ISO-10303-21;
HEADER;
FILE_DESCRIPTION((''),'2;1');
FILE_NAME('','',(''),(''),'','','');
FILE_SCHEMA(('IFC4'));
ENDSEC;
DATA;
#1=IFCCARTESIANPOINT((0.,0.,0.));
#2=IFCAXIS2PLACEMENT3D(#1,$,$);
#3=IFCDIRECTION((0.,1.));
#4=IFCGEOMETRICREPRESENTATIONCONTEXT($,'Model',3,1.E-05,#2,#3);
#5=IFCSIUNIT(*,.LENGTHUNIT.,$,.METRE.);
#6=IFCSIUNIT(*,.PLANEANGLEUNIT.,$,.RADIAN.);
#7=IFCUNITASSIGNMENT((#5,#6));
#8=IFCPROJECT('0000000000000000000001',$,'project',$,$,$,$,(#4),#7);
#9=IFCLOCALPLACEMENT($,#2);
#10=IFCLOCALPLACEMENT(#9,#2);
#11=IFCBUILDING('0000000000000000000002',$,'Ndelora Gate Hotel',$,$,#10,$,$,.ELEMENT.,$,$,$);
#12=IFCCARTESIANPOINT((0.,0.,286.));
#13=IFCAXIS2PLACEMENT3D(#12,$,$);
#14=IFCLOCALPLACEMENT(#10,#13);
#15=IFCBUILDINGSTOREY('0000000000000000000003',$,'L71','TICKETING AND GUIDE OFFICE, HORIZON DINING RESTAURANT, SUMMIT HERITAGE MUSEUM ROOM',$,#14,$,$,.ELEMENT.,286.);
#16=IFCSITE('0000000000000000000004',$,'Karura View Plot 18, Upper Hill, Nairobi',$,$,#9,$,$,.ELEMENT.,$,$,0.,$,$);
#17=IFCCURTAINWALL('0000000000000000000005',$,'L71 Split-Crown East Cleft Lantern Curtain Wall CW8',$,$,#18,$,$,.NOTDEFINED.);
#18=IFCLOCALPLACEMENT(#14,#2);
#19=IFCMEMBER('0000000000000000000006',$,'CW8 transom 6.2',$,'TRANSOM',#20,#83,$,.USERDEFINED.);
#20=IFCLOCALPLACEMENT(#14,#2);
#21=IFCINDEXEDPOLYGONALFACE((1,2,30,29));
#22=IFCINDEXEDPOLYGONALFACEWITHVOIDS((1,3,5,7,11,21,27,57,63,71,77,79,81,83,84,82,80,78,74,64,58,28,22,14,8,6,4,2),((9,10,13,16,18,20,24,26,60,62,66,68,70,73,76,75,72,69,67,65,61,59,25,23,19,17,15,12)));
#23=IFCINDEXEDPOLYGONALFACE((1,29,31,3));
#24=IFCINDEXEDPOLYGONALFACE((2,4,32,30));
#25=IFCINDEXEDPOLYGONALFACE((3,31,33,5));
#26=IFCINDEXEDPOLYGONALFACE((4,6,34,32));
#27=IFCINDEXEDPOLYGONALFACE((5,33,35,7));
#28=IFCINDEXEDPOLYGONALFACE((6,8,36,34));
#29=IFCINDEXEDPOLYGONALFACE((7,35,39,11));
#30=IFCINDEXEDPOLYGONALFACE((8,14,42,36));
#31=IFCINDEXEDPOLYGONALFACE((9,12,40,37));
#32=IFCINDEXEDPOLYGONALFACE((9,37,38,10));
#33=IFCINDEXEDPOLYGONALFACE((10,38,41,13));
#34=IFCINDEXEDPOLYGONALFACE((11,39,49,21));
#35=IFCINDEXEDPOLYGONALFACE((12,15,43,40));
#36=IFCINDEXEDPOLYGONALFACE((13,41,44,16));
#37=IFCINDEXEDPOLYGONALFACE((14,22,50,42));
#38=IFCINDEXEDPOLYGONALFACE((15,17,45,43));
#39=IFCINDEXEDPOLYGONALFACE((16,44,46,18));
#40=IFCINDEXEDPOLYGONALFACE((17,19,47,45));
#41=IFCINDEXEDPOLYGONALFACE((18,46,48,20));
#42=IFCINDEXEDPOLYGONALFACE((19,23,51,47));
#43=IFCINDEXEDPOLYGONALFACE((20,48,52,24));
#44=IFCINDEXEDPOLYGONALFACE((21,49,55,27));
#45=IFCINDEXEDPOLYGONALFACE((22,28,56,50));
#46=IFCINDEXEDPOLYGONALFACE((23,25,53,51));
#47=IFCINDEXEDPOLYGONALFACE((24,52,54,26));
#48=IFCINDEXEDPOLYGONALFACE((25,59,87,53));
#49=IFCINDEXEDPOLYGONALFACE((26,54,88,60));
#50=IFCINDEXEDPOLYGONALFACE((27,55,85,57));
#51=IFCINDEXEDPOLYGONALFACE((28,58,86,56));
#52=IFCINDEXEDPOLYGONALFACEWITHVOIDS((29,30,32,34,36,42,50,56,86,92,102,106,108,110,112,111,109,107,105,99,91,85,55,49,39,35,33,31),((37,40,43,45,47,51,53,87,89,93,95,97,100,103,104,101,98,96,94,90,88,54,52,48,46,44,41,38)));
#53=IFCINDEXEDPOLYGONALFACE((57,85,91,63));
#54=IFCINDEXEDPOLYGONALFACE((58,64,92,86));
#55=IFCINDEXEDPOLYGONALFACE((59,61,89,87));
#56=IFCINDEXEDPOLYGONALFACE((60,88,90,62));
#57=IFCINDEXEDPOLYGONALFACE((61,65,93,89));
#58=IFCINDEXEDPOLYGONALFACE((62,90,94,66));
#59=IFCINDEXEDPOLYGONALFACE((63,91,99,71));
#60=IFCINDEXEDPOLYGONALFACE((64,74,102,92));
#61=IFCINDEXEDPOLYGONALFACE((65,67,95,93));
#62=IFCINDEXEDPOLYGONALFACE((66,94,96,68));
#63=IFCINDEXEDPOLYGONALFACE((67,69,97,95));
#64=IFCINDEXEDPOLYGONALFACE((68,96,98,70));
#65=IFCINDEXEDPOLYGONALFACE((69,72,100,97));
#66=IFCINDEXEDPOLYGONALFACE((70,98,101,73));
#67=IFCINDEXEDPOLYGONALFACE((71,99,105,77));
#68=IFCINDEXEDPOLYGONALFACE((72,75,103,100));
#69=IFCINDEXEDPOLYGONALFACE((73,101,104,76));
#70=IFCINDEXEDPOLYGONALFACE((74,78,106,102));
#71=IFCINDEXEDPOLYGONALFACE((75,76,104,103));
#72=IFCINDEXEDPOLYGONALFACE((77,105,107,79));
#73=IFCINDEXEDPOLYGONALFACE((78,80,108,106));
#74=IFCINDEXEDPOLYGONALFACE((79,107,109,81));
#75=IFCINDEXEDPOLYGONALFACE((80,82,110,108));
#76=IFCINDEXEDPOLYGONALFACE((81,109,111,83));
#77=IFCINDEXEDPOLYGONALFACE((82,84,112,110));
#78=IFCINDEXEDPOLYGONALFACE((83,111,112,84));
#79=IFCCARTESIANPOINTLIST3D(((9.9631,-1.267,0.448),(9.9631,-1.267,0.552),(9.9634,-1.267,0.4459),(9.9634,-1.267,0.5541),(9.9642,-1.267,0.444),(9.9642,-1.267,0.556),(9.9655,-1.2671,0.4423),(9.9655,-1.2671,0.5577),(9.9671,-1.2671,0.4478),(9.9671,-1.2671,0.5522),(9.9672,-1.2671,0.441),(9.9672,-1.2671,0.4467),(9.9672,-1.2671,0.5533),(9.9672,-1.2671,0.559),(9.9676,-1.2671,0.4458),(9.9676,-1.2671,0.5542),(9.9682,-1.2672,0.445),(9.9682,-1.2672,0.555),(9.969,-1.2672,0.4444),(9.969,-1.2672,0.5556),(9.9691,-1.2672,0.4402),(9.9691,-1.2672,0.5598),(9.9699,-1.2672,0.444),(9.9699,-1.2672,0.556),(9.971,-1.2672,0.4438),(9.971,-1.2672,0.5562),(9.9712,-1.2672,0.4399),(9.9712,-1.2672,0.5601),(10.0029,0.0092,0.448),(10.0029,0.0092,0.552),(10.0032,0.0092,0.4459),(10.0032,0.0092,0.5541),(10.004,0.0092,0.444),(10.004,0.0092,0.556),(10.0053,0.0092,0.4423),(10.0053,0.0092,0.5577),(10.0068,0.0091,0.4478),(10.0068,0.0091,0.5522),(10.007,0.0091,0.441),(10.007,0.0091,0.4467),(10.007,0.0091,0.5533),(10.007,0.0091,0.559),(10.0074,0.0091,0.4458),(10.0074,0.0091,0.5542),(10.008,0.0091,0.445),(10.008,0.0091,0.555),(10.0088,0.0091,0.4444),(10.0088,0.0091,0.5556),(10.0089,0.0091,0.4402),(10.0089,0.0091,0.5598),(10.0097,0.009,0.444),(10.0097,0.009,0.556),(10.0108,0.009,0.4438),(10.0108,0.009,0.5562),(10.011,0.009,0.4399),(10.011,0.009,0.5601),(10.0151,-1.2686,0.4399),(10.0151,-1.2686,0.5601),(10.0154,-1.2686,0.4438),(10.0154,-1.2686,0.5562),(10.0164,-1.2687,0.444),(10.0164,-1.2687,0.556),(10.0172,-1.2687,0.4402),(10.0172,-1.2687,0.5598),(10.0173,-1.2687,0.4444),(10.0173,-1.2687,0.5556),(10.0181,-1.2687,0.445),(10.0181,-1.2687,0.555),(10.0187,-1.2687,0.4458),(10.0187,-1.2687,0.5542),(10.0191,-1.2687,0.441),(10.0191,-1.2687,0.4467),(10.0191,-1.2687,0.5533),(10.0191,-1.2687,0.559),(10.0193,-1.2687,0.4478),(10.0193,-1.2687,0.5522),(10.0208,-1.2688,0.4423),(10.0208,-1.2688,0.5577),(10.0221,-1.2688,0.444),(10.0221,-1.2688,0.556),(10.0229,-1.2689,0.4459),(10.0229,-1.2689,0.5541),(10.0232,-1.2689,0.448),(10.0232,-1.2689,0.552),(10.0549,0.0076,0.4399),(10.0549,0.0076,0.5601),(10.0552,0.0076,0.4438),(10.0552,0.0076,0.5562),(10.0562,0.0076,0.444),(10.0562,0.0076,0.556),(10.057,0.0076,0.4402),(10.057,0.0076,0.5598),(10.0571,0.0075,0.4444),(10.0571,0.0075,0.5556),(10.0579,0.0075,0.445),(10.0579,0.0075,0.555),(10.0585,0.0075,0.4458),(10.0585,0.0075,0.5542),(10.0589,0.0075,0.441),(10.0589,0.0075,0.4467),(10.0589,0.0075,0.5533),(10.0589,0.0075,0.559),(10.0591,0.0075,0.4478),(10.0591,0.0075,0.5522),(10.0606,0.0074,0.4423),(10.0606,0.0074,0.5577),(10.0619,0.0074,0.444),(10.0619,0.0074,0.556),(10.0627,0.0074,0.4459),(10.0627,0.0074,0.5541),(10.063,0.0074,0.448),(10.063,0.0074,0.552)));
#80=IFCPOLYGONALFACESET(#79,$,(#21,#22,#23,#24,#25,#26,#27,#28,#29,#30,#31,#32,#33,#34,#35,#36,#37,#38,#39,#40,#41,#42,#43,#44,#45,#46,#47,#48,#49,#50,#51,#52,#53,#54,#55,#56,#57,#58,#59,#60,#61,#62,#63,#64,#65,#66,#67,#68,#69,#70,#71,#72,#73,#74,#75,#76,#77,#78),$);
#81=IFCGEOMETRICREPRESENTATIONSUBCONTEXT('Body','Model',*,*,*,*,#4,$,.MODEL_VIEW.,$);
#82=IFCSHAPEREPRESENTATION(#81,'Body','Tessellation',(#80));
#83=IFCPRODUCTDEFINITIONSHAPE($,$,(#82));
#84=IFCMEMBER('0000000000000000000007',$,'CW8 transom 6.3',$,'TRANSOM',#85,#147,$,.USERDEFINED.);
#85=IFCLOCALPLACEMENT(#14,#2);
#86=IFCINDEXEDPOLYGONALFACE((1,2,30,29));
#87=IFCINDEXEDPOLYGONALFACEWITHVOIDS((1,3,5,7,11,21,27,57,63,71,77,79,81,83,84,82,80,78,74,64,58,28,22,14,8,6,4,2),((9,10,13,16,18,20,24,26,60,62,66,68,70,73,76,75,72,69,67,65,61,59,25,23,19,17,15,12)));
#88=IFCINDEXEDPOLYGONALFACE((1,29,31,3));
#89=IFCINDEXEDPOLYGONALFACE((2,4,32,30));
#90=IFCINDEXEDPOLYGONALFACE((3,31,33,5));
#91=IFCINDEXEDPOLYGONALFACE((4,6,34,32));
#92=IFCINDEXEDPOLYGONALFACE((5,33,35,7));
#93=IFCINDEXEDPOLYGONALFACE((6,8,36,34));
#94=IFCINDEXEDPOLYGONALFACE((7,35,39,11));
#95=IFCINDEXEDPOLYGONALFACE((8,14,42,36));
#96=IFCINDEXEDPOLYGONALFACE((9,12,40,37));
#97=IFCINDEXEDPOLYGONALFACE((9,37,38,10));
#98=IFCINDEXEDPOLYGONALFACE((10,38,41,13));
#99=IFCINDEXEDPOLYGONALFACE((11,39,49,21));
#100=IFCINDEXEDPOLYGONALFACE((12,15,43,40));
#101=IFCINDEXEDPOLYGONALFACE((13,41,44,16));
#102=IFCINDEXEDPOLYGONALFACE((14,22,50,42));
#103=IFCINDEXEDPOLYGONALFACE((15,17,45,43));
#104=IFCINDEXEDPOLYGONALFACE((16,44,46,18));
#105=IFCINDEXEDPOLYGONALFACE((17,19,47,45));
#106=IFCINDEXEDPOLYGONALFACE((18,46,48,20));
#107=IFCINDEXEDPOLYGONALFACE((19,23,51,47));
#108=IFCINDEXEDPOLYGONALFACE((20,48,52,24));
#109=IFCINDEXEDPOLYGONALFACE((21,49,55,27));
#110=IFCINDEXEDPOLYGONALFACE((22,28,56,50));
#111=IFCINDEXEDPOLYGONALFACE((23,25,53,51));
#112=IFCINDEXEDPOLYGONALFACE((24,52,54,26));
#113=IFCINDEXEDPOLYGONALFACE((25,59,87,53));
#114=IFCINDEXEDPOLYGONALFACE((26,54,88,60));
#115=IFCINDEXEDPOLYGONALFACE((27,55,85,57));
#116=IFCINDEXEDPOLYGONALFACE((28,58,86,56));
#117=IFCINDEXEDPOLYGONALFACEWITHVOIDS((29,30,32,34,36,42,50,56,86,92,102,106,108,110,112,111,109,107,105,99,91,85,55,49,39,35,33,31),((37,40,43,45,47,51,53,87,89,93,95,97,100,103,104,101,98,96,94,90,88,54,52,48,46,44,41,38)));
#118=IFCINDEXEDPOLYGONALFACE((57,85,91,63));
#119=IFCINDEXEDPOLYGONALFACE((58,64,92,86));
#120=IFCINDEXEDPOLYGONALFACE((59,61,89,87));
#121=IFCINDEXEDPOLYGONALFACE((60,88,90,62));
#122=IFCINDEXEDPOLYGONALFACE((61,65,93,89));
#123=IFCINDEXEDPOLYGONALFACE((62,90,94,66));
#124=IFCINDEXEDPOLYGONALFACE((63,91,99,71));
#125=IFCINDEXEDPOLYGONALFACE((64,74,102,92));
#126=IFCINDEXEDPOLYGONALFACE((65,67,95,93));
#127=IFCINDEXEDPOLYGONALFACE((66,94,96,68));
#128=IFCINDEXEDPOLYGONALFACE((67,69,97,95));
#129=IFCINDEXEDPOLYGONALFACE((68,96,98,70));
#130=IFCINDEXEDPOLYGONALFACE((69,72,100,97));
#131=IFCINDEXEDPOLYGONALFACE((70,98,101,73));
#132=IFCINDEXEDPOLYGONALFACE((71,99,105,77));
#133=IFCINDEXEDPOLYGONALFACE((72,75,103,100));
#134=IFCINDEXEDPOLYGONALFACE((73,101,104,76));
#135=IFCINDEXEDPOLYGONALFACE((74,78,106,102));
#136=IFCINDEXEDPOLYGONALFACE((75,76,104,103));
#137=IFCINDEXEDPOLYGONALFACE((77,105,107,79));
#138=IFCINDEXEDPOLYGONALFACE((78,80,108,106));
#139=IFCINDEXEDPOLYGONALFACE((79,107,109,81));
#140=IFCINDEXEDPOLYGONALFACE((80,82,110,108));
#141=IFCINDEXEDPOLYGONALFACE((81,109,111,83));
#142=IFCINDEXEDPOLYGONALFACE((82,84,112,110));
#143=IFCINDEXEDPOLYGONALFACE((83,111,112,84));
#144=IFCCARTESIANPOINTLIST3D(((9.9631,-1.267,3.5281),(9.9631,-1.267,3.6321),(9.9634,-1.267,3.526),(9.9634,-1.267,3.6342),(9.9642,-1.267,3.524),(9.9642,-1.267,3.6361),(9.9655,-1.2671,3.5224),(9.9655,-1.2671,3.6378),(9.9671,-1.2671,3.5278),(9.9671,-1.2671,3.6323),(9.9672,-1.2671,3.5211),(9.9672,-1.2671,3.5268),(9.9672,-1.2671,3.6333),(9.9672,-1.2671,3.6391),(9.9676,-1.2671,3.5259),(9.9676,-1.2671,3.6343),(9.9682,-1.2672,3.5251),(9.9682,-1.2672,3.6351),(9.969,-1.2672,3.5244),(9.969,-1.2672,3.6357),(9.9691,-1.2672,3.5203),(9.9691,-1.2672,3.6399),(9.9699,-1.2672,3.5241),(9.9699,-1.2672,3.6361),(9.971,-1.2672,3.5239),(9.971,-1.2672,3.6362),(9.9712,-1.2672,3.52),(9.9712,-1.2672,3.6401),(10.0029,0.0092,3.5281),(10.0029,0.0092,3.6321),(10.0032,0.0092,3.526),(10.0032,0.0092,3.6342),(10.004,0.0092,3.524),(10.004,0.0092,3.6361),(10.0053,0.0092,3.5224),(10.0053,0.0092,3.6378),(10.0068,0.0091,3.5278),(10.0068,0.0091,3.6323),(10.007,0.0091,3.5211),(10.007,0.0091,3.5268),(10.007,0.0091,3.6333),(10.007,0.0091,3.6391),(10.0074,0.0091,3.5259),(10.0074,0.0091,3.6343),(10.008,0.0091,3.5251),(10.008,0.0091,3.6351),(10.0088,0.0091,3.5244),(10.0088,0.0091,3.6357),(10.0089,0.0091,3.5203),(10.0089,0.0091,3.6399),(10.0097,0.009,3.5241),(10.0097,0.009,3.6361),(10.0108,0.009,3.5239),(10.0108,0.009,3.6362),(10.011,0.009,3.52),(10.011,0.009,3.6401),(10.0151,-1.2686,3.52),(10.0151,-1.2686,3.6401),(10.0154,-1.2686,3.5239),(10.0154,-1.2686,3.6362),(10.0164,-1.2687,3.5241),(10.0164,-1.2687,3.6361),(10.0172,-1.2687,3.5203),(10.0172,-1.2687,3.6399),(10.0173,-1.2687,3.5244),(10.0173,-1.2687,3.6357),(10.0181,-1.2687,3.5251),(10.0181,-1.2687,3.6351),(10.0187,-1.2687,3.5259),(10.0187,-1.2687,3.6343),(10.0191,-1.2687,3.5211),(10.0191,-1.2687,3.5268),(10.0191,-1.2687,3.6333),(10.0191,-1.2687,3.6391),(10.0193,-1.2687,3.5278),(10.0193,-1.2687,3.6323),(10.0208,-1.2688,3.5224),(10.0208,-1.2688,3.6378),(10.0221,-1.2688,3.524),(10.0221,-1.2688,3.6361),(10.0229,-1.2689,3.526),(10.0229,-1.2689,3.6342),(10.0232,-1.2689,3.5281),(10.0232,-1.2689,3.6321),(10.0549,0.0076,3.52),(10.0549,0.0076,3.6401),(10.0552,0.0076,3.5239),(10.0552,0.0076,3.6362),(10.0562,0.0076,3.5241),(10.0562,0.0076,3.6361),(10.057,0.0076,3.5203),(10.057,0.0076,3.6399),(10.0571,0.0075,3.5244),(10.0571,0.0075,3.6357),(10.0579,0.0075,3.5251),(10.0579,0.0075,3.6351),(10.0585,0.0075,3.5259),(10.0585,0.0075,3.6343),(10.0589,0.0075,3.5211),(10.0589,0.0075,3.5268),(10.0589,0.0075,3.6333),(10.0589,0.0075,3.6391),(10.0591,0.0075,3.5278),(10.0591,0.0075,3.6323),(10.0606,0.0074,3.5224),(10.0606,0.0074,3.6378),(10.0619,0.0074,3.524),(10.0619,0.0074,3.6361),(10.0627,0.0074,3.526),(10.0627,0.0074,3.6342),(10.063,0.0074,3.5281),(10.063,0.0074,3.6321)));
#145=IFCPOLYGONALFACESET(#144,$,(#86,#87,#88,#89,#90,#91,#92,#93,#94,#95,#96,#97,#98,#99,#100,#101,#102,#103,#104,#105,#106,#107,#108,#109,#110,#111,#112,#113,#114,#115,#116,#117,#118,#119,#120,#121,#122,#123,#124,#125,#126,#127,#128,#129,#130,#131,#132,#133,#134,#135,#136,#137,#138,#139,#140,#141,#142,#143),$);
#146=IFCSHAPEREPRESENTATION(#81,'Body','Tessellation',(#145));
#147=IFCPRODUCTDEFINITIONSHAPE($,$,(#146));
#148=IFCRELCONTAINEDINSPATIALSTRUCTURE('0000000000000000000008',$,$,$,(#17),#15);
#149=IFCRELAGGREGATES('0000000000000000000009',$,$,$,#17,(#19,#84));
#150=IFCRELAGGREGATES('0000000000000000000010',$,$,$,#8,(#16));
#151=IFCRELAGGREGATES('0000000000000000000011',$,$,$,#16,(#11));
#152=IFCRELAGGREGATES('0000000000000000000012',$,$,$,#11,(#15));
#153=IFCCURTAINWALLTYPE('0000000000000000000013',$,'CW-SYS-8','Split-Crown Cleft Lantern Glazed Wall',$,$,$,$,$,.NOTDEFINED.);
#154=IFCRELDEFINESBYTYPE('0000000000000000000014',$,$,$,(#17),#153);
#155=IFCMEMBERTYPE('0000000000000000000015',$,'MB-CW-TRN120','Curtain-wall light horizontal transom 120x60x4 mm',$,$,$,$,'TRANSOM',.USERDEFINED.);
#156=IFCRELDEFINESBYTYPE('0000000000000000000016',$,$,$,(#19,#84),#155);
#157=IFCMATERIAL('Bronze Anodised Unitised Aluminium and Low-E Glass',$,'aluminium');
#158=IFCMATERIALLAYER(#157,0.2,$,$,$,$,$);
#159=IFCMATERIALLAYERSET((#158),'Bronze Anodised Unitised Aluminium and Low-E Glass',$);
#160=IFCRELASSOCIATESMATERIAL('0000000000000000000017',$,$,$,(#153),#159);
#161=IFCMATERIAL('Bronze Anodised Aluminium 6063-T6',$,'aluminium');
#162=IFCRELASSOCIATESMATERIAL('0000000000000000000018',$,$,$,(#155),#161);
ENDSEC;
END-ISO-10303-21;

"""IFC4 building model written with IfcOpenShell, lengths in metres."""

from ifc_helpers import new_model, si_unit, direction, frame, origin, origin_2d, place, context, subcontext, project, spatial, hollow_rectangle, extrude, material, layer, layer_set, material_profile, profile_set, type_object, element, aggregate, save


model = new_model("IFC4")

# Units and contexts
model_context = context("Model", 3, precision=1e-05, world=origin(), true_north=direction((0.0, 1.0)))
body_context = subcontext(model_context, "Body", "Model", "MODEL_VIEW")
ifc_project = project(units=[si_unit("LENGTHUNIT", "METRE"), si_unit("PLANEANGLEUNIT", "RADIAN")], contexts=[model_context])

# Site, building, storey
site_placement = place(None, origin())
site = spatial("IfcSite", under=ifc_project, at=site_placement, Name="Karura View Plot 18, Upper Hill, Nairobi", CompositionType="ELEMENT", RefElevation=0.0)
building_placement = place(site_placement, origin())
building = spatial("IfcBuilding", under=site, at=building_placement, Name="Ndelora Gate Hotel", CompositionType="ELEMENT")
storey_placement = place(building_placement, frame((0.0, 0.0, 286.0)))
storey = spatial("IfcBuildingStorey", under=building, at=storey_placement, Name="L71", Description="TICKETING AND GUIDE OFFICE, HORIZON DINING RESTAURANT, SUMMIT HERITAGE MUSEUM ROOM", CompositionType="ELEMENT", Elevation=286.0)

# Curtain wall, members
ifc_material_1 = material(Name="Bronze Anodised Unitised Aluminium and Low-E Glass", Category="aluminium")
ifc_layer_1 = layer(ifc_material_1, 0.2)
ifc_layer_set_1 = layer_set([ifc_layer_1], Name="Bronze Anodised Unitised Aluminium and Low-E Glass")
curtain_wall_type = type_object("IfcCurtainWallType", Name="CW-SYS-8", Description="Split-Crown Cleft Lantern Glazed Wall", PredefinedType="NOTDEFINED", material=ifc_layer_set_1)
curtain_wall_placement = place(storey_placement, origin())
curtain_wall = element("IfcCurtainWall", 1, at=curtain_wall_placement, inside=storey, type_object=curtain_wall_type, Name="L71 Split-Crown East Cleft Lantern Curtain Wall CW8", PredefinedType="NOTDEFINED")
ifc_material_2 = material(Name="Bronze Anodised Aluminium 6063-T6", Category="aluminium")
ifc_material_profile_1 = material_profile(ifc_material_2, hollow_rectangle(XDim=0.0601, YDim=0.1201, WallThickness=0.0039, InnerFilletRadius=0.0039, OuterFilletRadius=0.0081, at=origin_2d()), Name="ALU 120x60x4")
ifc_profile_set_1 = profile_set([ifc_material_profile_1], Name="Bronze Anodised Aluminium 6063-T6")
member_type_1 = type_object("IfcMemberType", Name="MB-CW-TRN120", Description="Curtain-wall light horizontal transom 120x60x4 mm", ElementType="TRANSOM", PredefinedType="USERDEFINED", material=ifc_profile_set_1)
member_1_placement = place(storey_placement, frame((10.033, 0.0083, 0.5), z_axis=(-0.031169, -0.999514, 0.0), x_axis=(0.999514, -0.031169, 0.0)))
member_1 = element("IfcMember", 2, at=member_1_placement, type_object=member_type_1, Name="CW8 transom 6.2", ObjectType="TRANSOM", PredefinedType="USERDEFINED", context=body_context, shape_type="SweptSolid", body=[
    extrude(hollow_rectangle(XDim=0.0601, YDim=0.1201, WallThickness=0.0039, InnerFilletRadius=0.0039, OuterFilletRadius=0.0081, at=origin_2d()), origin(), (0.0, 0.0, 1.0), 1.2769),
])
member_2_placement = place(storey_placement, frame((10.033, 0.0083, 3.5801), z_axis=(-0.031169, -0.999514, 0.0), x_axis=(0.999514, -0.031169, 0.0)))
member_2 = element("IfcMember", 3, at=member_2_placement, type_object=member_type_1, Name="CW8 transom 6.3", ObjectType="TRANSOM", PredefinedType="USERDEFINED", context=body_context, shape_type="SweptSolid", body=[
    extrude(hollow_rectangle(XDim=0.0601, YDim=0.1201, WallThickness=0.0039, InnerFilletRadius=0.0039, OuterFilletRadius=0.0081, at=origin_2d()), origin(), (0.0, 0.0, 1.0), 1.2769),
])
aggregate(curtain_wall, [member_1, member_2])

save(model, "model.ifc")
